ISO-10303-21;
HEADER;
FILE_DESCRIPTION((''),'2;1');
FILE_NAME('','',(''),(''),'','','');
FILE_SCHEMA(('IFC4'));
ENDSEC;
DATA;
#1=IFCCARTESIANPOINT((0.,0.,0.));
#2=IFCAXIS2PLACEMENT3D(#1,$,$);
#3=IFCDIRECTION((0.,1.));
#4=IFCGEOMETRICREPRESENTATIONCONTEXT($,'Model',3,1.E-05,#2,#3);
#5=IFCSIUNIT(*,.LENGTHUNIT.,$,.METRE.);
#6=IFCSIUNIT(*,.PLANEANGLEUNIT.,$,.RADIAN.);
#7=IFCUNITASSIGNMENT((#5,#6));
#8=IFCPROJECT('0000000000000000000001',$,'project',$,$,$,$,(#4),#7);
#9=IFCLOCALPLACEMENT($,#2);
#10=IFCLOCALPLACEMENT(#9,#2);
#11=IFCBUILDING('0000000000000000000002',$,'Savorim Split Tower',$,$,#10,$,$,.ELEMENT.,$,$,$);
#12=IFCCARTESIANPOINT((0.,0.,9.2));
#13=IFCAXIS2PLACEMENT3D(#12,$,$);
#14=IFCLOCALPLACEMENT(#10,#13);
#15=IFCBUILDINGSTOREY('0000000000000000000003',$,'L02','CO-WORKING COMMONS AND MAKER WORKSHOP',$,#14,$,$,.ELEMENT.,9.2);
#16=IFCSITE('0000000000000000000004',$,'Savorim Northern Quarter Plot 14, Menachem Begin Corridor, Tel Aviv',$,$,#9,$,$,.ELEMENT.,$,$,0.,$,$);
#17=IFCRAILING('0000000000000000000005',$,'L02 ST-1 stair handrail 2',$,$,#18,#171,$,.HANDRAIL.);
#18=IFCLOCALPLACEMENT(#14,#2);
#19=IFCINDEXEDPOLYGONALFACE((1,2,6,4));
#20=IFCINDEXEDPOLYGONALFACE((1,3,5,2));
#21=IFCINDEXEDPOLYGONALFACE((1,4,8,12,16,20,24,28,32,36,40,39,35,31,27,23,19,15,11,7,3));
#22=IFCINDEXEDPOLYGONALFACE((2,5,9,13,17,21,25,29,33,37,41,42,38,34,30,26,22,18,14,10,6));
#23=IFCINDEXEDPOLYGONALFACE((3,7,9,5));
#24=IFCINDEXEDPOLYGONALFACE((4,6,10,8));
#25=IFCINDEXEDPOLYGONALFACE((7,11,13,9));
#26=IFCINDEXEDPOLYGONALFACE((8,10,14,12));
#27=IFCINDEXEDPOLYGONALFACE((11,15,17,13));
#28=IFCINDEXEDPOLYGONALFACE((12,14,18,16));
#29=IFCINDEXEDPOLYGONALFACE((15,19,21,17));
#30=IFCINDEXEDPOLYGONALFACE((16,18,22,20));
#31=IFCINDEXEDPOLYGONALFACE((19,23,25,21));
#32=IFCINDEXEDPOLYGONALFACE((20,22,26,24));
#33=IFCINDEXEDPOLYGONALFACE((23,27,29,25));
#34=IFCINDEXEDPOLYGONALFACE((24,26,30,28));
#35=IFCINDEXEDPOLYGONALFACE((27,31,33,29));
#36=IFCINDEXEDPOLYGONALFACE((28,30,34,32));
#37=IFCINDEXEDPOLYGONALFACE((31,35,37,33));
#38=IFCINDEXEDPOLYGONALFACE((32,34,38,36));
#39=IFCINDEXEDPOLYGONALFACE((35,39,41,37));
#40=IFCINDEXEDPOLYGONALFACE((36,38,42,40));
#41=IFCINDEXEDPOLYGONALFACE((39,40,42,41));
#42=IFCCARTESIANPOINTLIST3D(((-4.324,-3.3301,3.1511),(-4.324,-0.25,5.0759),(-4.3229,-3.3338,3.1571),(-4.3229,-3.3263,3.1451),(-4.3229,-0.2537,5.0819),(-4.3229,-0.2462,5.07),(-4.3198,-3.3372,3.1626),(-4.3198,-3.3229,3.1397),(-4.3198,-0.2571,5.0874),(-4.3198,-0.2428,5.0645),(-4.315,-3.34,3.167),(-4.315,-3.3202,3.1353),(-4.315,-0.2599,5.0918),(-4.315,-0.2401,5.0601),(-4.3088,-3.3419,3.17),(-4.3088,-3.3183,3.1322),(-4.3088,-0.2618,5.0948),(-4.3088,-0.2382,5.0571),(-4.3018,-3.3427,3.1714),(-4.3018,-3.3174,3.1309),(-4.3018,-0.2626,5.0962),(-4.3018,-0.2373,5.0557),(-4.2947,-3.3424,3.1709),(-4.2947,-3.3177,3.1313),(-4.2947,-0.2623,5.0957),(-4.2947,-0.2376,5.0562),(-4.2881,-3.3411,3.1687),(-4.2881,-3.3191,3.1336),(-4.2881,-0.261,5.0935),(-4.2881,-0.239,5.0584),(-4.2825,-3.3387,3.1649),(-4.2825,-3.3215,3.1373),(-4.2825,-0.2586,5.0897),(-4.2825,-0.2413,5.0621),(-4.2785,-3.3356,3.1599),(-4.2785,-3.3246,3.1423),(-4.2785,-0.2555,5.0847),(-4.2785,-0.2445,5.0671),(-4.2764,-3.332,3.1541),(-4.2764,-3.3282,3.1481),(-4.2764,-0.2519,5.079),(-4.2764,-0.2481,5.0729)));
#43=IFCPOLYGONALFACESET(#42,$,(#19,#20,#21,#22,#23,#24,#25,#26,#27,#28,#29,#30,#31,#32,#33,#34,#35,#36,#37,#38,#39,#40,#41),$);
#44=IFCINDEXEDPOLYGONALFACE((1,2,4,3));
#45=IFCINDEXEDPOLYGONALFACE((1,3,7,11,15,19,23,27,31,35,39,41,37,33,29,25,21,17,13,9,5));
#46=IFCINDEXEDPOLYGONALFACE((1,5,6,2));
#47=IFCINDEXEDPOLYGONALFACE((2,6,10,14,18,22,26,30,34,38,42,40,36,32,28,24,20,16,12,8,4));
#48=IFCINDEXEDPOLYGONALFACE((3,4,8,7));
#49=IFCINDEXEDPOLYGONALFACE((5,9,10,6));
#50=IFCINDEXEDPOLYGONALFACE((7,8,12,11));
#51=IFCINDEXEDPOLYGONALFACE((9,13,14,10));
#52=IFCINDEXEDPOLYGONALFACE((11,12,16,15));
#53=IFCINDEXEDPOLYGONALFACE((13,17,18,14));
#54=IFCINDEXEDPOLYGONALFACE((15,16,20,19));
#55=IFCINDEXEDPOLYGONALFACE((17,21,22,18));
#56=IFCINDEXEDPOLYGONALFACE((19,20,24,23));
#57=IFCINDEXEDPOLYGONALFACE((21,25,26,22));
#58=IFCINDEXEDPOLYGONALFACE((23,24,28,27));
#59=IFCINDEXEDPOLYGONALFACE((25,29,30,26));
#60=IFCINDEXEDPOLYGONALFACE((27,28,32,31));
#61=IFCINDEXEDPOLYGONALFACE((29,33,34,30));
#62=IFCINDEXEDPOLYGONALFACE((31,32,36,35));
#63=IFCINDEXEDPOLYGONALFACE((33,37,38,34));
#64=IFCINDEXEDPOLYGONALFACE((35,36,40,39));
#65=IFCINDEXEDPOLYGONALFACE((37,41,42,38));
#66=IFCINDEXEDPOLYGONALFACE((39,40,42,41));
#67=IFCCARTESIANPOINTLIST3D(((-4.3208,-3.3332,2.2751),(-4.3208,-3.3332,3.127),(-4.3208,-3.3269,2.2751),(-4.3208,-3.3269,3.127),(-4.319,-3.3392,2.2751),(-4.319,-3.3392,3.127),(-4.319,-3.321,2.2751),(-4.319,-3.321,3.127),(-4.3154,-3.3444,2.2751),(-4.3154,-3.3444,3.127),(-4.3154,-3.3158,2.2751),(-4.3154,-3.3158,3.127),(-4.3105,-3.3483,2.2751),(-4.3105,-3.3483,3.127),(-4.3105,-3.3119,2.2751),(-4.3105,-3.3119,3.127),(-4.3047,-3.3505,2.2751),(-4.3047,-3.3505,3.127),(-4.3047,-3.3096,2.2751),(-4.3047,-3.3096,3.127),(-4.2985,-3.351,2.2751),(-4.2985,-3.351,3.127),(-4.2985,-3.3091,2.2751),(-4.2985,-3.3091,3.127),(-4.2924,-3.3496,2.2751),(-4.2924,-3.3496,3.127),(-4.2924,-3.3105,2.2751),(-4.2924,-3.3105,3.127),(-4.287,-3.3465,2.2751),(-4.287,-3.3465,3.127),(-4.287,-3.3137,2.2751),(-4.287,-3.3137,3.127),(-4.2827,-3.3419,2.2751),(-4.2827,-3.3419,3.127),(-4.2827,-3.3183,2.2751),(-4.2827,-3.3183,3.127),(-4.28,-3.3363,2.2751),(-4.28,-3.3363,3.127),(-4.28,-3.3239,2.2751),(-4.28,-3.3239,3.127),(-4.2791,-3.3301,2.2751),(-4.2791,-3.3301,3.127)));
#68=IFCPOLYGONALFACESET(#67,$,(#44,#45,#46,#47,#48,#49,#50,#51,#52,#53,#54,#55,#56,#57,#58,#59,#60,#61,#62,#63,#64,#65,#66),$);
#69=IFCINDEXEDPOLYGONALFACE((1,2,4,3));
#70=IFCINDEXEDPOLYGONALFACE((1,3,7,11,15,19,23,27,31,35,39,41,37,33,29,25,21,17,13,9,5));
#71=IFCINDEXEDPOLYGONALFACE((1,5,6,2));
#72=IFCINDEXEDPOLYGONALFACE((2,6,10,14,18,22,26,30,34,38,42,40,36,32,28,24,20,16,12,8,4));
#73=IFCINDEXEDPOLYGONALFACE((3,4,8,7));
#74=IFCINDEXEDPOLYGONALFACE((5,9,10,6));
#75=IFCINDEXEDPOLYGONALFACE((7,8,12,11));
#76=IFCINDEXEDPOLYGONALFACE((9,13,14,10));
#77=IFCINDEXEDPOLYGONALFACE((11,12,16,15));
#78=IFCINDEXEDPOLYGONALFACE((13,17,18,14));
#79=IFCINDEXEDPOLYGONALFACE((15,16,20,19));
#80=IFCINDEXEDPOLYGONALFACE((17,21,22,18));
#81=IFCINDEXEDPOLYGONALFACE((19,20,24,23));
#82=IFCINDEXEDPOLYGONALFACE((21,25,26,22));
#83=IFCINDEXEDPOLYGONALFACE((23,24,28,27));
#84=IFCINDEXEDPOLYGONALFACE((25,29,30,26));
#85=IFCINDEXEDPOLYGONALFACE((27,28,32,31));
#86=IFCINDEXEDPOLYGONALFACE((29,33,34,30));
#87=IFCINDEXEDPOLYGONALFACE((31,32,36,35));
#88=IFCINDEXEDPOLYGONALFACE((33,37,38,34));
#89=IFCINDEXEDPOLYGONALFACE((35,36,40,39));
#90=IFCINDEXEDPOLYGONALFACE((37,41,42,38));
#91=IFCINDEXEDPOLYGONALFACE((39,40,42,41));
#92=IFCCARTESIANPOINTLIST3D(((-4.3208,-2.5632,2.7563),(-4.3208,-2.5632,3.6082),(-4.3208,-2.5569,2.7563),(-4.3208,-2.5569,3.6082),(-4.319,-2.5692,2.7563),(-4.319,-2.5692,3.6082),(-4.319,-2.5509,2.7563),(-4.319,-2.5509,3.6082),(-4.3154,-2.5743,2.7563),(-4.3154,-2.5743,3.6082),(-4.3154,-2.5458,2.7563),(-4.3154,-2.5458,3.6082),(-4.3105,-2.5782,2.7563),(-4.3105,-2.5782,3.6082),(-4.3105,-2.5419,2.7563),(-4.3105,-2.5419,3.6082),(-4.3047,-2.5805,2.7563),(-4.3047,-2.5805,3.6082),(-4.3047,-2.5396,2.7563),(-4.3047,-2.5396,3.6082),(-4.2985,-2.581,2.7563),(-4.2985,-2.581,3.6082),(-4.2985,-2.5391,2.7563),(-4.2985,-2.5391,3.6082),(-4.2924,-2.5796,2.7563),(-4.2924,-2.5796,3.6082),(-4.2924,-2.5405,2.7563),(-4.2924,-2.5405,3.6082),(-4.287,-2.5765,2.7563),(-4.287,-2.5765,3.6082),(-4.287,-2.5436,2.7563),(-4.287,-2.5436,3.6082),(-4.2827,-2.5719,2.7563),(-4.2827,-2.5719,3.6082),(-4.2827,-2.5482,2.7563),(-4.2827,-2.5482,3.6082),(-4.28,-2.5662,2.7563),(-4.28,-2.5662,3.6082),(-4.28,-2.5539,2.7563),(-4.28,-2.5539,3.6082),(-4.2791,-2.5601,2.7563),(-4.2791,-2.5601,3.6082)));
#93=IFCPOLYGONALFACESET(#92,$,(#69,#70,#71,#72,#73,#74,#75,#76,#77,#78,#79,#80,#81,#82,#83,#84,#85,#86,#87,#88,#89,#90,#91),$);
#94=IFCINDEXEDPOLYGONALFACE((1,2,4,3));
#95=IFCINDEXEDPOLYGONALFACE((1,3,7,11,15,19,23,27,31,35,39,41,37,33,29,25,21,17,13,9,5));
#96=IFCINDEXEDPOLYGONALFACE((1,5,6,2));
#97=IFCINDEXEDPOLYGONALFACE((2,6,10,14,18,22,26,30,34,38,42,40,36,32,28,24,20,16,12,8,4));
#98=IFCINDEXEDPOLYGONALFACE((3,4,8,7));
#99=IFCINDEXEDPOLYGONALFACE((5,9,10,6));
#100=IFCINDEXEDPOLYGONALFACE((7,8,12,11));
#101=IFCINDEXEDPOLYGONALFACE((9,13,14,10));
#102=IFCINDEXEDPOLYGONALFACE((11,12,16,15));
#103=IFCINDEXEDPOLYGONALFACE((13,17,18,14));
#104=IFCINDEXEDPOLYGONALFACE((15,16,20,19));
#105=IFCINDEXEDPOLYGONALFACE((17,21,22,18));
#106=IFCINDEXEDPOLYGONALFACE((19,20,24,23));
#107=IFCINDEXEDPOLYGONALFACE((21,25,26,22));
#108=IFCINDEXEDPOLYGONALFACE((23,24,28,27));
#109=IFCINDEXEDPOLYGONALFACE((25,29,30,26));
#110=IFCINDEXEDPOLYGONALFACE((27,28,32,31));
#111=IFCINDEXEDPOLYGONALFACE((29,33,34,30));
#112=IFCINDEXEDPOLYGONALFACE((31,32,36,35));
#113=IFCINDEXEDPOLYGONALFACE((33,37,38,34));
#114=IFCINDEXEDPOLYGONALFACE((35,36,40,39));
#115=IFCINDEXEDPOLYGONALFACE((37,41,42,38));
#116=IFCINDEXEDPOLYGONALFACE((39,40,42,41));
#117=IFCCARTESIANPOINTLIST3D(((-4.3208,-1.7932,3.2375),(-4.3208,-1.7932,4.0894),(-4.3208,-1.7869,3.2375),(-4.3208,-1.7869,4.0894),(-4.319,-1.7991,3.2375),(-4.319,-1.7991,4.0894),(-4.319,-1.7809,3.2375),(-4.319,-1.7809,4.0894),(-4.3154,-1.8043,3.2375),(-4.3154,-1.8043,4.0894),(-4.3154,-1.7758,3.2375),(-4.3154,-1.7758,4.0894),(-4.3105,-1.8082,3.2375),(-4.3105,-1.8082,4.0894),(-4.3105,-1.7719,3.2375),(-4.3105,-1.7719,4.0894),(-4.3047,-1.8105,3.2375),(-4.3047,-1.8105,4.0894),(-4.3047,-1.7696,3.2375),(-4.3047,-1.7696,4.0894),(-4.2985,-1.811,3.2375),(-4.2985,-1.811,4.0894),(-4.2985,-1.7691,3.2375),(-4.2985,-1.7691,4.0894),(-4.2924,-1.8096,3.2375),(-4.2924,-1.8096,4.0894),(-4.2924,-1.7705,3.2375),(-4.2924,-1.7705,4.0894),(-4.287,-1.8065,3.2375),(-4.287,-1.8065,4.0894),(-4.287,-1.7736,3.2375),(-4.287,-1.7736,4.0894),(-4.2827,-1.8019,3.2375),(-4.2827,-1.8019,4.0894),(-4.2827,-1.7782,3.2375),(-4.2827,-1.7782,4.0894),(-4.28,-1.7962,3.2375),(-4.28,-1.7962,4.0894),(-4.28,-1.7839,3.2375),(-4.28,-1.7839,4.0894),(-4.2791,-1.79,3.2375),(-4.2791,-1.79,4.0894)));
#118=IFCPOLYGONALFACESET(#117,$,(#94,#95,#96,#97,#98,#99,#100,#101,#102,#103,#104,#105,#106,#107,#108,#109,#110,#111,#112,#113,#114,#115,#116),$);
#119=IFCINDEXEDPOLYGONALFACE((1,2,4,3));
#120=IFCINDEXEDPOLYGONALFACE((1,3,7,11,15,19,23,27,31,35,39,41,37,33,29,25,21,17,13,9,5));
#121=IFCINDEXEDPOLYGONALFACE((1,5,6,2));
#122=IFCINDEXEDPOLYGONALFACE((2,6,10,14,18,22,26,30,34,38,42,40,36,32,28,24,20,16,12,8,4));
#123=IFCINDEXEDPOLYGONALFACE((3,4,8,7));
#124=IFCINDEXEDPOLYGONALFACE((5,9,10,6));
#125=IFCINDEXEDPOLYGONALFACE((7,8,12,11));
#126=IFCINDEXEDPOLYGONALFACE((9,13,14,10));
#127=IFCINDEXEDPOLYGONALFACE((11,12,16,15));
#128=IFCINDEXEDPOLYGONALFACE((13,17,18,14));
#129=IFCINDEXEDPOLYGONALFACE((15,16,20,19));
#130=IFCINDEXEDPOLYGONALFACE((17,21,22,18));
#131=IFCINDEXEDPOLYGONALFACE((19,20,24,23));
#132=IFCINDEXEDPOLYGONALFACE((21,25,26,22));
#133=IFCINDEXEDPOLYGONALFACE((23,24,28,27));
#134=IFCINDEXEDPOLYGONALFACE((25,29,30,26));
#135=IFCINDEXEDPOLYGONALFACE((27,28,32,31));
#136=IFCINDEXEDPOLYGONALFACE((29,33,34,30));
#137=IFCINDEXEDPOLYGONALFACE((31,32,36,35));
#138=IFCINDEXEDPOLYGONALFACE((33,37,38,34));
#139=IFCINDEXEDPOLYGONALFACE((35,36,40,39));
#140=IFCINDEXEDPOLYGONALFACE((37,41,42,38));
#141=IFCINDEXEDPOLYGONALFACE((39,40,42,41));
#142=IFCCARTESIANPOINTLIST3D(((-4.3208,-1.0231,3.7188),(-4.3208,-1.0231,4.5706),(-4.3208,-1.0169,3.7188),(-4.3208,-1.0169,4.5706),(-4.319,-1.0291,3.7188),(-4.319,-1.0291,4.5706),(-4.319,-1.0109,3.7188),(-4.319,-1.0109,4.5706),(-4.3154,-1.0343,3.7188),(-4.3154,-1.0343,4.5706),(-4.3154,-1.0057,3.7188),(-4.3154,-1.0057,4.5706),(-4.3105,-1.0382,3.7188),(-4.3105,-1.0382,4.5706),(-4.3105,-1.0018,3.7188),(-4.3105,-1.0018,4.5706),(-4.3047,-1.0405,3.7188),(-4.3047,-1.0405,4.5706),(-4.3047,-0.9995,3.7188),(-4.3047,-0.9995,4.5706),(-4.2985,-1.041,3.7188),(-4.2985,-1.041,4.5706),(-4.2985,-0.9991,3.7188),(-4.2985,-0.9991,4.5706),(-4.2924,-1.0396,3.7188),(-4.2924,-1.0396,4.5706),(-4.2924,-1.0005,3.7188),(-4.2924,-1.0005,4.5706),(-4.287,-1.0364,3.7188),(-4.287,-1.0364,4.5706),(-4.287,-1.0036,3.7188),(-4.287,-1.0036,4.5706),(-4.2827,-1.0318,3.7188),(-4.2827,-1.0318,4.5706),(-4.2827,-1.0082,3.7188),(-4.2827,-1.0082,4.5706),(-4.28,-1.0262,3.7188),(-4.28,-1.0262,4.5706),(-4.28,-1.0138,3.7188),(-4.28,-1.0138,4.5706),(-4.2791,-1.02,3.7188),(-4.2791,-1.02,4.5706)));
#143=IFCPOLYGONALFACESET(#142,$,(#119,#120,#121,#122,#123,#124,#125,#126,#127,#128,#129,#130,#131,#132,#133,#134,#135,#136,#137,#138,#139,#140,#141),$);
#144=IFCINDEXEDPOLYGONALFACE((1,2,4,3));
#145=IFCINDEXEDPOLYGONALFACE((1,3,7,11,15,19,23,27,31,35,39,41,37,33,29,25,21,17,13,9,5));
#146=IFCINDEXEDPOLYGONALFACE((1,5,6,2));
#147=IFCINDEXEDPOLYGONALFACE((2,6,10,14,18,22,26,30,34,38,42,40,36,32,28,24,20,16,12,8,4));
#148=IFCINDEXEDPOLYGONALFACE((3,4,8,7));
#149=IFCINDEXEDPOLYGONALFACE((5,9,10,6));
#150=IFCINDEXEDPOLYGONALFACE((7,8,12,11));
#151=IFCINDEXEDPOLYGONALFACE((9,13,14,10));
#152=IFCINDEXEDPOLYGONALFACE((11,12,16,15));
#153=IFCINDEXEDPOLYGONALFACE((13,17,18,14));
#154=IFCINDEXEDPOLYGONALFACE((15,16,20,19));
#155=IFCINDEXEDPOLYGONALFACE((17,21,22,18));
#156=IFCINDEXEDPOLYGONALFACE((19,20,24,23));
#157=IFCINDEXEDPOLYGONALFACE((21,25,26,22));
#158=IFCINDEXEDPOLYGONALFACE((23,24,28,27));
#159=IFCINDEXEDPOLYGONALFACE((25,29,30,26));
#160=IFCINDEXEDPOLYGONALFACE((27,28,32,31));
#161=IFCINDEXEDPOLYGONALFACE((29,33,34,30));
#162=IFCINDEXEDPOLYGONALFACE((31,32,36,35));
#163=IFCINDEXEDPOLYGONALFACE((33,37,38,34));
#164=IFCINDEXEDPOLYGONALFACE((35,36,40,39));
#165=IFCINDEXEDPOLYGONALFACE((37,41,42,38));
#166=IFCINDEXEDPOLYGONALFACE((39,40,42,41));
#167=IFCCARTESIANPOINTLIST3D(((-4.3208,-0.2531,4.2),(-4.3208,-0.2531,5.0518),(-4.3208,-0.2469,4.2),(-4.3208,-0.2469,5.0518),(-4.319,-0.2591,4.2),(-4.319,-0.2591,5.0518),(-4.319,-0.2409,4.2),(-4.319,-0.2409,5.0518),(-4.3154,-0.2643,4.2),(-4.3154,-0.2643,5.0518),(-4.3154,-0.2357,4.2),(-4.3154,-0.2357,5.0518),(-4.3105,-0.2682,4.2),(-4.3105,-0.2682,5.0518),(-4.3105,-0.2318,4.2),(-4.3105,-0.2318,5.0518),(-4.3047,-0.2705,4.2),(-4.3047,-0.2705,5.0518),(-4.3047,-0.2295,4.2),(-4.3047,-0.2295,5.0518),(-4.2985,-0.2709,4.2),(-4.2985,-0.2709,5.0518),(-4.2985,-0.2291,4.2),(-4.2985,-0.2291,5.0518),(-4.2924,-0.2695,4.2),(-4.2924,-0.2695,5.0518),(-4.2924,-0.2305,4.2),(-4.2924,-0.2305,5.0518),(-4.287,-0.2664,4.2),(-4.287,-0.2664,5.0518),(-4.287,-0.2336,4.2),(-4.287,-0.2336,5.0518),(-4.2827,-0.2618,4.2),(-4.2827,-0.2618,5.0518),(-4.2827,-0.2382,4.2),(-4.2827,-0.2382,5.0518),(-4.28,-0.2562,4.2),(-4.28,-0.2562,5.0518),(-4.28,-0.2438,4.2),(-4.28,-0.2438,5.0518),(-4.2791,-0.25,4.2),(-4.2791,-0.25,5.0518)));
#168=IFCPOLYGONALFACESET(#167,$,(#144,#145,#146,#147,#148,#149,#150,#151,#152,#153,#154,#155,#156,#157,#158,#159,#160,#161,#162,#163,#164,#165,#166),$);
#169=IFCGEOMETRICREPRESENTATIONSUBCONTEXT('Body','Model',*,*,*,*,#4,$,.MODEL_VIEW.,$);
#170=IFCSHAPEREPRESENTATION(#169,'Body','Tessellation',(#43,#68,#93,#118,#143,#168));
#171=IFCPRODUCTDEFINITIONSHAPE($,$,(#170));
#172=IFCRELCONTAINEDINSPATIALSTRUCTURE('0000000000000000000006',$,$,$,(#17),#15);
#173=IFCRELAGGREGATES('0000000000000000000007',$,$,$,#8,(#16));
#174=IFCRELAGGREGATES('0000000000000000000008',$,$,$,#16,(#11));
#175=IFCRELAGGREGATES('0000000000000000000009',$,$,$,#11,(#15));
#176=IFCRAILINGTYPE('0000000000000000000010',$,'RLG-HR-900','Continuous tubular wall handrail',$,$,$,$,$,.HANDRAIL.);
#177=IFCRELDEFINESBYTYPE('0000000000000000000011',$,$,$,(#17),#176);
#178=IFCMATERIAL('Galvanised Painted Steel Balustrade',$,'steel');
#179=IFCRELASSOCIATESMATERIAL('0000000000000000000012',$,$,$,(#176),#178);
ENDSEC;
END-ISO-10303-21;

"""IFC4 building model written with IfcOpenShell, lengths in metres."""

from ifc_helpers import new_model, si_unit, direction, frame, origin, origin_2d, place, context, subcontext, project, spatial, circle, extrude, material, type_object, element, save


model = new_model("IFC4")

# Units and contexts
model_context = context("Model", 3, precision=1e-05, world=origin(), true_north=direction((0.0, 1.0)))
body_context = subcontext(model_context, "Body", "Model", "MODEL_VIEW")
ifc_project = project(units=[si_unit("LENGTHUNIT", "METRE"), si_unit("PLANEANGLEUNIT", "RADIAN")], contexts=[model_context])

# Site, building, storey
site_placement = place(None, origin())
site = spatial("IfcSite", under=ifc_project, at=site_placement, Name="Savorim Northern Quarter Plot 14, Menachem Begin Corridor, Tel Aviv", CompositionType="ELEMENT", RefElevation=0.0)
building_placement = place(site_placement, origin())
building = spatial("IfcBuilding", under=site, at=building_placement, Name="Savorim Split Tower", CompositionType="ELEMENT")
storey_placement = place(building_placement, frame((0.0, 0.0, 9.2)))
storey = spatial("IfcBuildingStorey", under=building, at=storey_placement, Name="L02", Description="CO-WORKING COMMONS AND MAKER WORKSHOP", CompositionType="ELEMENT", Elevation=9.2)

# Railing
ifc_material_1 = material(Name="Galvanised Painted Steel Balustrade", Category="steel")
railing_type_1 = type_object("IfcRailingType", Name="RLG-HR-900", Description="Continuous tubular wall handrail", PredefinedType="HANDRAIL", material=ifc_material_1)
railing_1_placement = place(storey_placement, frame((-4.3, -3.3301, 2.2751)))
element("IfcRailing", 1, at=railing_1_placement, inside=storey, type_object=railing_type_1, Name="L02 ST-1 stair handrail 2", PredefinedType="HANDRAIL", context=body_context, shape_type="SweptSolid", body=[
    extrude(circle(Radius=0.0239, at=origin_2d()), frame((0.0, 0.0, 0.876), z_axis=(0.0, 0.848029, 0.529951), x_axis=(-1.0, 0.0, 0.0)), (0.0, 0.0, 1.0), 3.6321),
    extrude(circle(Radius=0.021, at=origin_2d()), origin(), (0.0, 0.0, 1.0), 0.8518),
    extrude(circle(Radius=0.021, at=origin_2d()), frame((0.0, 0.77, 0.4812)), (0.0, 0.0, 1.0), 0.8518),
    extrude(circle(Radius=0.021, at=origin_2d()), frame((0.0, 1.54, 0.9624)), (0.0, 0.0, 1.0), 0.8518),
    extrude(circle(Radius=0.021, at=origin_2d()), frame((0.0, 2.3101, 1.4436)), (0.0, 0.0, 1.0), 0.8518),
    extrude(circle(Radius=0.021, at=origin_2d()), frame((0.0, 3.0801, 1.9248)), (0.0, 0.0, 1.0), 0.8518),
])

save(model, "model.ifc")
